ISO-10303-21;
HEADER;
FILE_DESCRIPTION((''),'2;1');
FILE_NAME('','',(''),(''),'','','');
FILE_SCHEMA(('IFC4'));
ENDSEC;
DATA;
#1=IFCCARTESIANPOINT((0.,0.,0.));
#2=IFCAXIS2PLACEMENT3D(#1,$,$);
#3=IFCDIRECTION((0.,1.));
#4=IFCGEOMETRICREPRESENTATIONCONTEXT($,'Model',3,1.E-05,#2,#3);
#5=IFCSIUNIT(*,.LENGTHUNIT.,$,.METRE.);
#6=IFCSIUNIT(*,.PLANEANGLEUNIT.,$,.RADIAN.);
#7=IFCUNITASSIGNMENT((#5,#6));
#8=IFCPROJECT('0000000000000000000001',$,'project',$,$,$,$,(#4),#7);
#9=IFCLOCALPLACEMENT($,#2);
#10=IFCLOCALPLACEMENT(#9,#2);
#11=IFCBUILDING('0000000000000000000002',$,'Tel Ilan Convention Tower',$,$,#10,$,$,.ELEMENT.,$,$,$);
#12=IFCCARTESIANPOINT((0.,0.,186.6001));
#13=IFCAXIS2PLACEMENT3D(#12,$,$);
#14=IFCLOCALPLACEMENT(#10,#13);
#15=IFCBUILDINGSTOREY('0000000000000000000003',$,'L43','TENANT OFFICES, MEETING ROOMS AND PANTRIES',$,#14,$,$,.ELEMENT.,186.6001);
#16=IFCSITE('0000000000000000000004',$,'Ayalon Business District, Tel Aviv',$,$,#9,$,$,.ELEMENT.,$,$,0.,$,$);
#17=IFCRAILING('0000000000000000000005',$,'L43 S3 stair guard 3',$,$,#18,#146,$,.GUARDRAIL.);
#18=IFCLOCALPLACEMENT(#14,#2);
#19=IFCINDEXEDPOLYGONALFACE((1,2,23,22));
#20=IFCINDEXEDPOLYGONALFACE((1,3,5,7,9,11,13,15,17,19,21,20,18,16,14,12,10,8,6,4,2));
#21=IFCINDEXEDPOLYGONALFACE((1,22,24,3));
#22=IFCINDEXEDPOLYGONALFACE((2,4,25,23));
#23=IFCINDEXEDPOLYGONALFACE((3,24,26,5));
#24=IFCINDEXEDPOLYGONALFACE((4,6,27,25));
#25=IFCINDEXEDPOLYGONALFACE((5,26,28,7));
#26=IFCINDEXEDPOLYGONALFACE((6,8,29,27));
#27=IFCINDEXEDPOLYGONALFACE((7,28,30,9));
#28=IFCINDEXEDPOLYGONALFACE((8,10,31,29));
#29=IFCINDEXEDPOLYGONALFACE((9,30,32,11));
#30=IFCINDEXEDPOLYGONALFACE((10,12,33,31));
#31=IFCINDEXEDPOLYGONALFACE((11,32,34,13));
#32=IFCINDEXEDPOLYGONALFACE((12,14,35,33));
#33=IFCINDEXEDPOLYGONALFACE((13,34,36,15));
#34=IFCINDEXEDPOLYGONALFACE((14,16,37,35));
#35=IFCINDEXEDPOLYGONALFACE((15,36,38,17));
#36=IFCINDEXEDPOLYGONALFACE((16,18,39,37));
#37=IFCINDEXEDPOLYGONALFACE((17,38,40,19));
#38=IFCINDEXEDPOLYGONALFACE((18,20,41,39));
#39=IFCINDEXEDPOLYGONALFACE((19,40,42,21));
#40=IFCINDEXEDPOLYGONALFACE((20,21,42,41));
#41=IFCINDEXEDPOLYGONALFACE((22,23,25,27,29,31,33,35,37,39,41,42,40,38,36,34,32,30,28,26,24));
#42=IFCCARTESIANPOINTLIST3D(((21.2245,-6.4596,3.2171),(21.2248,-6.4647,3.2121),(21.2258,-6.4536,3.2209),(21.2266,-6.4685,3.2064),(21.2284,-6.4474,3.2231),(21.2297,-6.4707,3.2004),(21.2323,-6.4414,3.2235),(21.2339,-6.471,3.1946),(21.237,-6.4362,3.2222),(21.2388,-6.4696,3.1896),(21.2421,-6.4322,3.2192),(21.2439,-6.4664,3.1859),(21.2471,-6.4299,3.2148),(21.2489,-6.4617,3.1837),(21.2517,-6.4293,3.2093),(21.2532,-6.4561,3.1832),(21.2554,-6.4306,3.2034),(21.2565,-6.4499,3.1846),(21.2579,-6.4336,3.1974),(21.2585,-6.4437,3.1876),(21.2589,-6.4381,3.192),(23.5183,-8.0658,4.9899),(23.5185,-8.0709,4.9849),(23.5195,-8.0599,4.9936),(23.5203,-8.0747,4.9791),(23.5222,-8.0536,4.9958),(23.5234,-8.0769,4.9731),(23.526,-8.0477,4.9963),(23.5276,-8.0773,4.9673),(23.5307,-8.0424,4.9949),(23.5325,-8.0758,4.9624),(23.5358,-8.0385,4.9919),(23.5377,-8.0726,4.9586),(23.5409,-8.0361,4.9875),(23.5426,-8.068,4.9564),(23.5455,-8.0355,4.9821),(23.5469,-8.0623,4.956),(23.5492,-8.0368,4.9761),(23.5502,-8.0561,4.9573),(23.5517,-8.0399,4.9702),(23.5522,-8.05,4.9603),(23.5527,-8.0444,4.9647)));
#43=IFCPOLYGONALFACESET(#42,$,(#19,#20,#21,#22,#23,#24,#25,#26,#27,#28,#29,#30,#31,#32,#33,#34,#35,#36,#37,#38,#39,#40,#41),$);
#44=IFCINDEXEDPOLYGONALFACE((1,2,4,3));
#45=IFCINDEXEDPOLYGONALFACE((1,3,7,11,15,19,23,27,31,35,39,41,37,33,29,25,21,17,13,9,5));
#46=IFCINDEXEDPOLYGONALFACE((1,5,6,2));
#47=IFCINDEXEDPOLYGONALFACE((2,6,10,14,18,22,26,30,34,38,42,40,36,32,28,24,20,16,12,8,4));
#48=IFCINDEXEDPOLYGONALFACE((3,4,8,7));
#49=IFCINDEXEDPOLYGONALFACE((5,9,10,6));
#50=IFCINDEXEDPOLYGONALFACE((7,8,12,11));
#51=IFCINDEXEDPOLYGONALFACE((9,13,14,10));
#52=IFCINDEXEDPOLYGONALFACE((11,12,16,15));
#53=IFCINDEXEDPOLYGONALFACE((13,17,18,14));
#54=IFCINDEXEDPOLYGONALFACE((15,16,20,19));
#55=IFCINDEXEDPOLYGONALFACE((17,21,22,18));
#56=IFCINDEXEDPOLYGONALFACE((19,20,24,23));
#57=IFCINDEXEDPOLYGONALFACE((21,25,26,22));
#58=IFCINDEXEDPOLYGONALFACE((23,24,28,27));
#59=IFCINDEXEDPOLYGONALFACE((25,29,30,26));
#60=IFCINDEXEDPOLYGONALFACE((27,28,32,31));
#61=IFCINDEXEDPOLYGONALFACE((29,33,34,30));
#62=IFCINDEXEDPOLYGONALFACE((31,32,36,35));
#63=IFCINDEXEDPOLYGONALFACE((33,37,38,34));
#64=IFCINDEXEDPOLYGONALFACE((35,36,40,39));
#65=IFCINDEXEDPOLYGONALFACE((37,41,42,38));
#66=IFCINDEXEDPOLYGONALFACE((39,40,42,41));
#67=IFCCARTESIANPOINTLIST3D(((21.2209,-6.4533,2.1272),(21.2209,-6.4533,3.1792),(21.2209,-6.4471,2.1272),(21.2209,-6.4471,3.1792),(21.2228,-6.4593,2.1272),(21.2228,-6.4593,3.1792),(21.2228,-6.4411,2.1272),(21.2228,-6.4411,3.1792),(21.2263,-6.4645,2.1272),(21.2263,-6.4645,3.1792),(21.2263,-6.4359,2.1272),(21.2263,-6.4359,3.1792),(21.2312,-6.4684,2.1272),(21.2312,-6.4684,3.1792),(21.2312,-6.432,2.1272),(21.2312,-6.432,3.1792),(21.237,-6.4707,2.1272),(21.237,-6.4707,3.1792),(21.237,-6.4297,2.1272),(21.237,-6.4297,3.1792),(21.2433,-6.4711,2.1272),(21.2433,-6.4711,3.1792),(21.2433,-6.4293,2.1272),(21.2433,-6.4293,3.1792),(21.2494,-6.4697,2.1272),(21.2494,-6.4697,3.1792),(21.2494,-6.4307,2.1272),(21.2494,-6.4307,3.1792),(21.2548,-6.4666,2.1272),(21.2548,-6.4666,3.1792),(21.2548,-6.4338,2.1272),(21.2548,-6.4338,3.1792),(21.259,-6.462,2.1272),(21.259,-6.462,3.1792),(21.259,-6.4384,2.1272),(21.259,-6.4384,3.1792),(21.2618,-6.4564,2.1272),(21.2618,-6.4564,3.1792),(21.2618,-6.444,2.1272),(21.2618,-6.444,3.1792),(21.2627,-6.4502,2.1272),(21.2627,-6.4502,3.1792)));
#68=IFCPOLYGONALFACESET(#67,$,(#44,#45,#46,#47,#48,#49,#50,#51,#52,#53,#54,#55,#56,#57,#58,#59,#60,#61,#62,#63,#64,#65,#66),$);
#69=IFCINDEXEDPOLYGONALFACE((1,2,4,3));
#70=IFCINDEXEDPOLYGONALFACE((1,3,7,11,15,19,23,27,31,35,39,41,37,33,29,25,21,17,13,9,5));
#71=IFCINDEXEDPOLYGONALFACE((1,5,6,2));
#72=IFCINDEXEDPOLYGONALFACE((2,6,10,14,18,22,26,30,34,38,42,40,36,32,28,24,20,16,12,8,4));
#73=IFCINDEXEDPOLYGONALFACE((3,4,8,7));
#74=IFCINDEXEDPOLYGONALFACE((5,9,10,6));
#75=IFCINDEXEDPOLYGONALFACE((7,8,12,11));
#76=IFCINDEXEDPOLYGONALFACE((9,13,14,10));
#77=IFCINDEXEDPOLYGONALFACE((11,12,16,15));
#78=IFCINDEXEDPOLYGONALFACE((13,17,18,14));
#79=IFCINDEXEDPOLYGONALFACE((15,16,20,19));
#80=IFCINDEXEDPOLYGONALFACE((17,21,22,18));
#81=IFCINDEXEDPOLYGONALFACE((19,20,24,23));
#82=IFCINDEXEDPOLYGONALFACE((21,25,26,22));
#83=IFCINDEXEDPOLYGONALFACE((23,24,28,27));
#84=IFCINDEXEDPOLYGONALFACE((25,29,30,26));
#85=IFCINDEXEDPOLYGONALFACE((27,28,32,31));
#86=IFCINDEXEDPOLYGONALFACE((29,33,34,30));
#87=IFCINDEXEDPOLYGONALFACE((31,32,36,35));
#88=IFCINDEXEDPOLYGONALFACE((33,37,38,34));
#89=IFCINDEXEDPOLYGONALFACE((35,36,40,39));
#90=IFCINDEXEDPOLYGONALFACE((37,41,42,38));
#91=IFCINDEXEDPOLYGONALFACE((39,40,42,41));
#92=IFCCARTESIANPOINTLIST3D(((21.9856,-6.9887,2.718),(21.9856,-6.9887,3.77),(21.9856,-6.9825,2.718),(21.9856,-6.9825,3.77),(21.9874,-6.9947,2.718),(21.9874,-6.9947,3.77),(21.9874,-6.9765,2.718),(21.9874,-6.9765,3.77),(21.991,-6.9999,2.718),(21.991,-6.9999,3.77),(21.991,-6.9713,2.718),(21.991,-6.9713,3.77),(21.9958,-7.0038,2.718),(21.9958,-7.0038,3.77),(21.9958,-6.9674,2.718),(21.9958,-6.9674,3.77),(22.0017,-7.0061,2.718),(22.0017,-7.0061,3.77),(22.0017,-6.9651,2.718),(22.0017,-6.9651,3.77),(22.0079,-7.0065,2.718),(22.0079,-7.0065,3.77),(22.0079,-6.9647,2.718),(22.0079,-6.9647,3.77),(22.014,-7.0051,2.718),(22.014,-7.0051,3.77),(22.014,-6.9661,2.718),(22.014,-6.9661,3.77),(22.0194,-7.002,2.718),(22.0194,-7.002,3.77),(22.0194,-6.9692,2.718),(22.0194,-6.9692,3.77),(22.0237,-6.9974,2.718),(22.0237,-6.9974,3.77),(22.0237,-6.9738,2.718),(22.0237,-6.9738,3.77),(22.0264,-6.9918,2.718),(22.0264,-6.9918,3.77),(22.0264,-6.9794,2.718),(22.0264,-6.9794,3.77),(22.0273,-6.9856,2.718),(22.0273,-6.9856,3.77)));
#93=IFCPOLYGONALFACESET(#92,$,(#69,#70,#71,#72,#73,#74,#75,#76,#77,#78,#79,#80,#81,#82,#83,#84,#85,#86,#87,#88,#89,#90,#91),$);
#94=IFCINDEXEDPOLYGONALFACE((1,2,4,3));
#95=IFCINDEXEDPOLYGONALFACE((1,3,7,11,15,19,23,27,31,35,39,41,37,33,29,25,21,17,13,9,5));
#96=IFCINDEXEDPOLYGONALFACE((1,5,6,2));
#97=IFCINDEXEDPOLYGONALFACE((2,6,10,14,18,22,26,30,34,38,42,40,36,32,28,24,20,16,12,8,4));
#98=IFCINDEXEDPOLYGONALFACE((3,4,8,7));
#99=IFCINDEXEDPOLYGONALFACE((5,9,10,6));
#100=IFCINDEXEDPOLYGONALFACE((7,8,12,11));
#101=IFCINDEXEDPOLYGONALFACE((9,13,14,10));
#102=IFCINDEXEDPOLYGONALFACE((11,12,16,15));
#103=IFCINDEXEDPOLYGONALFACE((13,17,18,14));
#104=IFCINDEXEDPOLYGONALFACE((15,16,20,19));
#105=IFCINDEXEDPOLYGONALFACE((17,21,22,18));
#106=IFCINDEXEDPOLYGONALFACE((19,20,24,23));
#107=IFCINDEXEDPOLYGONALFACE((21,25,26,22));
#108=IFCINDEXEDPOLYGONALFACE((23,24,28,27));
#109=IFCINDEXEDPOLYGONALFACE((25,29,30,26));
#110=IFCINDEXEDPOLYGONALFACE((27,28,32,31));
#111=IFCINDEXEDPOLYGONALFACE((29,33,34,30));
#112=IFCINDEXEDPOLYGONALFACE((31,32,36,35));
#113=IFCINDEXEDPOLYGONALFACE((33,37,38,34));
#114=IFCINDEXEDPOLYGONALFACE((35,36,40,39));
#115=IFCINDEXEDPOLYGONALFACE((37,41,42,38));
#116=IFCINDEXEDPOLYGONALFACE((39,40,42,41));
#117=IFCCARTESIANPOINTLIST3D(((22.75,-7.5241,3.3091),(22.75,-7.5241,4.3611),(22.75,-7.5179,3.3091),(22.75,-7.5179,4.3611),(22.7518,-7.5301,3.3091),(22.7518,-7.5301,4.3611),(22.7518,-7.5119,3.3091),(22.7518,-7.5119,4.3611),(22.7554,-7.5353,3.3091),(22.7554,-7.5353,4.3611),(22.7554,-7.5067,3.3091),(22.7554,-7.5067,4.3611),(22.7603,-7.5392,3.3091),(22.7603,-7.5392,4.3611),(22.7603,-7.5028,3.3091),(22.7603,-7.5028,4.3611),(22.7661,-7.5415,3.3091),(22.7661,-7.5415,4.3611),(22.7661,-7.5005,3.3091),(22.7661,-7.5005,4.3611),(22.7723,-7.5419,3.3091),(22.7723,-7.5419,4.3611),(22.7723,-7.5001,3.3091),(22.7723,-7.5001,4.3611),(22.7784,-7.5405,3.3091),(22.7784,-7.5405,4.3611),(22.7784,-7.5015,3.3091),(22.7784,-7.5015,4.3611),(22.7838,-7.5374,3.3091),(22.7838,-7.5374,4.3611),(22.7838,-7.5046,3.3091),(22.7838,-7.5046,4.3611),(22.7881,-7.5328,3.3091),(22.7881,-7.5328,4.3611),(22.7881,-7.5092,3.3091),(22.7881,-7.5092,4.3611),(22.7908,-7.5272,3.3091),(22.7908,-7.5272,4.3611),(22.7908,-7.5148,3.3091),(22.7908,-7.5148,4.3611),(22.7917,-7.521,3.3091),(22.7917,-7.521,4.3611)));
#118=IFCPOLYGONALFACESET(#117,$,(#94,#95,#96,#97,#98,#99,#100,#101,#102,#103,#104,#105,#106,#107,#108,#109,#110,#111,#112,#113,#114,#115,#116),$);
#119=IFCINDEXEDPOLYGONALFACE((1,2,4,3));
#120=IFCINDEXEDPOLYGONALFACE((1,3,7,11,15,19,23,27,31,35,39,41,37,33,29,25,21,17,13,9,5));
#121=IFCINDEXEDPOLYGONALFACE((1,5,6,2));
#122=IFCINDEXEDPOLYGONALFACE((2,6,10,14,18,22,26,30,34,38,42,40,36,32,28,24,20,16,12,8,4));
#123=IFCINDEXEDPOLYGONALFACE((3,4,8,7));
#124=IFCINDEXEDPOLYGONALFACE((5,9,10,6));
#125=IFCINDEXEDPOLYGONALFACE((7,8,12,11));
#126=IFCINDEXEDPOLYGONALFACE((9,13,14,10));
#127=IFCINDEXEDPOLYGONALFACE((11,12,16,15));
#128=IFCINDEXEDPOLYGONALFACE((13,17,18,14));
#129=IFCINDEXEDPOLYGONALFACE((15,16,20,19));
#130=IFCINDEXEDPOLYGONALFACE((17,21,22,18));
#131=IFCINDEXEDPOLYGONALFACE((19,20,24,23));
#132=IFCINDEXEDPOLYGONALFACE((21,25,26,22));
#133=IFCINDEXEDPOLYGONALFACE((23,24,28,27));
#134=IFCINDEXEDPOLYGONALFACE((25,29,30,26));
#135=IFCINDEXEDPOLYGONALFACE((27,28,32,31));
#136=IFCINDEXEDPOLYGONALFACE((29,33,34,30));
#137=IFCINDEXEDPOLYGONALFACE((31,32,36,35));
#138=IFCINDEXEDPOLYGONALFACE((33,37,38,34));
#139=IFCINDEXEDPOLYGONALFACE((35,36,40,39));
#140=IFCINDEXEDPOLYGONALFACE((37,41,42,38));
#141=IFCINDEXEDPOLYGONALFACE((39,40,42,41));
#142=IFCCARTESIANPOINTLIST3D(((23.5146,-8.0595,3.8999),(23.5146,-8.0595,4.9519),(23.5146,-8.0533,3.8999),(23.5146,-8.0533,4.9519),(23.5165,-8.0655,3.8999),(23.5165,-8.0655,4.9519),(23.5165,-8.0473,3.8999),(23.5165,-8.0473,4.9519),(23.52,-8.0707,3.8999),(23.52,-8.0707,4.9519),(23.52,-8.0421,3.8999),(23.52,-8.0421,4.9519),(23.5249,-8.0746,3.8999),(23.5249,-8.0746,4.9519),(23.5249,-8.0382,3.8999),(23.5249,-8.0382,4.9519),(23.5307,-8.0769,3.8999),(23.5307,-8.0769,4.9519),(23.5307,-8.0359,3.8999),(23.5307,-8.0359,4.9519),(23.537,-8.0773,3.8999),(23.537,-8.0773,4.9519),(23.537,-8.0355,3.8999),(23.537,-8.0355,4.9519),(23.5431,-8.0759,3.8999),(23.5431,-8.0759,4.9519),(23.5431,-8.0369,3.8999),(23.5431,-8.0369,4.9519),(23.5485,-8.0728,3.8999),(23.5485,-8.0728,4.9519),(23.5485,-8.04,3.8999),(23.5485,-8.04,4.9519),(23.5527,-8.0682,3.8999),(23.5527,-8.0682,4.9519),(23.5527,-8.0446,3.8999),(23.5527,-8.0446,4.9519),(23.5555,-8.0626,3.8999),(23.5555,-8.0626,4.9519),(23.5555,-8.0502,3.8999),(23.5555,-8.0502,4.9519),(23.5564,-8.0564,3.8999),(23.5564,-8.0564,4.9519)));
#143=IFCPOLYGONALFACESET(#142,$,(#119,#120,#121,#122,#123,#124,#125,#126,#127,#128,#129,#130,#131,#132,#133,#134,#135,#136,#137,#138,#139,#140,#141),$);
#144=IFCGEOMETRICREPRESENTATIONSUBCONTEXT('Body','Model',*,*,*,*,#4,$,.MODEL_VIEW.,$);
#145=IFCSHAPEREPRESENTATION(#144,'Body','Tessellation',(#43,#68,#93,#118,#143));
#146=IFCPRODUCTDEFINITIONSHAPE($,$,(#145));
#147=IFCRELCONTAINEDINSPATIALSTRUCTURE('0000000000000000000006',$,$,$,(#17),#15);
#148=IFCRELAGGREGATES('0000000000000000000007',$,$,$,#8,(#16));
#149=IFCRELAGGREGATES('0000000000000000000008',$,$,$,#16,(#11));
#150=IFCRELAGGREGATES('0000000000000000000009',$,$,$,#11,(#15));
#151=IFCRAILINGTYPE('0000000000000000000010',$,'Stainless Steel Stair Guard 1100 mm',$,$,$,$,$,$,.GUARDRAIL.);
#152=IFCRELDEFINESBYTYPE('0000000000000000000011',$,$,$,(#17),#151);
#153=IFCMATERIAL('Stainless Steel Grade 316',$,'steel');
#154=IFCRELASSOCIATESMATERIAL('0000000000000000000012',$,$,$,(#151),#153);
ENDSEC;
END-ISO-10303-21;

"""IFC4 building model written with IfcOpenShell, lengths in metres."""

from ifc_helpers import new_model, si_unit, direction, frame, origin, origin_2d, place, context, subcontext, project, spatial, circle, extrude, material, type_object, element, save


model = new_model("IFC4")

# Units and contexts
model_context = context("Model", 3, precision=1e-05, world=origin(), true_north=direction((0.0, 1.0)))
body_context = subcontext(model_context, "Body", "Model", "MODEL_VIEW")
ifc_project = project(units=[si_unit("LENGTHUNIT", "METRE"), si_unit("PLANEANGLEUNIT", "RADIAN")], contexts=[model_context])

# Site, building, storey
site_placement = place(None, origin())
site = spatial("IfcSite", under=ifc_project, at=site_placement, Name="Ayalon Business District, Tel Aviv", CompositionType="ELEMENT", RefElevation=0.0)
building_placement = place(site_placement, origin())
building = spatial("IfcBuilding", under=site, at=building_placement, Name="Tel Ilan Convention Tower", CompositionType="ELEMENT")
storey_placement = place(building_placement, frame((0.0, 0.0, 186.6001)))
storey = spatial("IfcBuildingStorey", under=building, at=storey_placement, Name="L43", Description="TENANT OFFICES, MEETING ROOMS AND PANTRIES", CompositionType="ELEMENT", Elevation=186.6001)

# Railing
ifc_material_1 = material(Name="Stainless Steel Grade 316", Category="steel")
railing_type_1 = type_object("IfcRailingType", Name="Stainless Steel Stair Guard 1100 mm", PredefinedType="GUARDRAIL", material=ifc_material_1)
railing_1_placement = place(storey_placement, frame((21.2417, -6.4502, 2.1272)))
element("IfcRailing", 1, at=railing_1_placement, inside=storey, type_object=railing_type_1, Name="L43 S3 stair guard 3", PredefinedType="GUARDRAIL", context=body_context, shape_type="SweptSolid", body=[
    extrude(circle(Radius=0.0239, at=origin_2d()), frame((0.0, 0.0, 1.0762), z_axis=(0.692098, -0.484653, 0.534894), x_axis=(0.573609, 0.81913, 0.0)), (0.0, 0.0, 1.0), 3.3142),
    extrude(circle(Radius=0.021, at=origin_2d()), origin(), (0.0, 0.0, 1.0), 1.052),
    extrude(circle(Radius=0.021, at=origin_2d()), frame((0.7646, -0.5354, 0.5908)), (0.0, 0.0, 1.0), 1.052),
    extrude(circle(Radius=0.021, at=origin_2d()), frame((1.5291, -1.0708, 1.1819)), (0.0, 0.0, 1.0), 1.052),
    extrude(circle(Radius=0.021, at=origin_2d()), frame((2.2937, -1.6062, 1.7727)), (0.0, 0.0, 1.0), 1.052),
])

save(model, "model.ifc")
